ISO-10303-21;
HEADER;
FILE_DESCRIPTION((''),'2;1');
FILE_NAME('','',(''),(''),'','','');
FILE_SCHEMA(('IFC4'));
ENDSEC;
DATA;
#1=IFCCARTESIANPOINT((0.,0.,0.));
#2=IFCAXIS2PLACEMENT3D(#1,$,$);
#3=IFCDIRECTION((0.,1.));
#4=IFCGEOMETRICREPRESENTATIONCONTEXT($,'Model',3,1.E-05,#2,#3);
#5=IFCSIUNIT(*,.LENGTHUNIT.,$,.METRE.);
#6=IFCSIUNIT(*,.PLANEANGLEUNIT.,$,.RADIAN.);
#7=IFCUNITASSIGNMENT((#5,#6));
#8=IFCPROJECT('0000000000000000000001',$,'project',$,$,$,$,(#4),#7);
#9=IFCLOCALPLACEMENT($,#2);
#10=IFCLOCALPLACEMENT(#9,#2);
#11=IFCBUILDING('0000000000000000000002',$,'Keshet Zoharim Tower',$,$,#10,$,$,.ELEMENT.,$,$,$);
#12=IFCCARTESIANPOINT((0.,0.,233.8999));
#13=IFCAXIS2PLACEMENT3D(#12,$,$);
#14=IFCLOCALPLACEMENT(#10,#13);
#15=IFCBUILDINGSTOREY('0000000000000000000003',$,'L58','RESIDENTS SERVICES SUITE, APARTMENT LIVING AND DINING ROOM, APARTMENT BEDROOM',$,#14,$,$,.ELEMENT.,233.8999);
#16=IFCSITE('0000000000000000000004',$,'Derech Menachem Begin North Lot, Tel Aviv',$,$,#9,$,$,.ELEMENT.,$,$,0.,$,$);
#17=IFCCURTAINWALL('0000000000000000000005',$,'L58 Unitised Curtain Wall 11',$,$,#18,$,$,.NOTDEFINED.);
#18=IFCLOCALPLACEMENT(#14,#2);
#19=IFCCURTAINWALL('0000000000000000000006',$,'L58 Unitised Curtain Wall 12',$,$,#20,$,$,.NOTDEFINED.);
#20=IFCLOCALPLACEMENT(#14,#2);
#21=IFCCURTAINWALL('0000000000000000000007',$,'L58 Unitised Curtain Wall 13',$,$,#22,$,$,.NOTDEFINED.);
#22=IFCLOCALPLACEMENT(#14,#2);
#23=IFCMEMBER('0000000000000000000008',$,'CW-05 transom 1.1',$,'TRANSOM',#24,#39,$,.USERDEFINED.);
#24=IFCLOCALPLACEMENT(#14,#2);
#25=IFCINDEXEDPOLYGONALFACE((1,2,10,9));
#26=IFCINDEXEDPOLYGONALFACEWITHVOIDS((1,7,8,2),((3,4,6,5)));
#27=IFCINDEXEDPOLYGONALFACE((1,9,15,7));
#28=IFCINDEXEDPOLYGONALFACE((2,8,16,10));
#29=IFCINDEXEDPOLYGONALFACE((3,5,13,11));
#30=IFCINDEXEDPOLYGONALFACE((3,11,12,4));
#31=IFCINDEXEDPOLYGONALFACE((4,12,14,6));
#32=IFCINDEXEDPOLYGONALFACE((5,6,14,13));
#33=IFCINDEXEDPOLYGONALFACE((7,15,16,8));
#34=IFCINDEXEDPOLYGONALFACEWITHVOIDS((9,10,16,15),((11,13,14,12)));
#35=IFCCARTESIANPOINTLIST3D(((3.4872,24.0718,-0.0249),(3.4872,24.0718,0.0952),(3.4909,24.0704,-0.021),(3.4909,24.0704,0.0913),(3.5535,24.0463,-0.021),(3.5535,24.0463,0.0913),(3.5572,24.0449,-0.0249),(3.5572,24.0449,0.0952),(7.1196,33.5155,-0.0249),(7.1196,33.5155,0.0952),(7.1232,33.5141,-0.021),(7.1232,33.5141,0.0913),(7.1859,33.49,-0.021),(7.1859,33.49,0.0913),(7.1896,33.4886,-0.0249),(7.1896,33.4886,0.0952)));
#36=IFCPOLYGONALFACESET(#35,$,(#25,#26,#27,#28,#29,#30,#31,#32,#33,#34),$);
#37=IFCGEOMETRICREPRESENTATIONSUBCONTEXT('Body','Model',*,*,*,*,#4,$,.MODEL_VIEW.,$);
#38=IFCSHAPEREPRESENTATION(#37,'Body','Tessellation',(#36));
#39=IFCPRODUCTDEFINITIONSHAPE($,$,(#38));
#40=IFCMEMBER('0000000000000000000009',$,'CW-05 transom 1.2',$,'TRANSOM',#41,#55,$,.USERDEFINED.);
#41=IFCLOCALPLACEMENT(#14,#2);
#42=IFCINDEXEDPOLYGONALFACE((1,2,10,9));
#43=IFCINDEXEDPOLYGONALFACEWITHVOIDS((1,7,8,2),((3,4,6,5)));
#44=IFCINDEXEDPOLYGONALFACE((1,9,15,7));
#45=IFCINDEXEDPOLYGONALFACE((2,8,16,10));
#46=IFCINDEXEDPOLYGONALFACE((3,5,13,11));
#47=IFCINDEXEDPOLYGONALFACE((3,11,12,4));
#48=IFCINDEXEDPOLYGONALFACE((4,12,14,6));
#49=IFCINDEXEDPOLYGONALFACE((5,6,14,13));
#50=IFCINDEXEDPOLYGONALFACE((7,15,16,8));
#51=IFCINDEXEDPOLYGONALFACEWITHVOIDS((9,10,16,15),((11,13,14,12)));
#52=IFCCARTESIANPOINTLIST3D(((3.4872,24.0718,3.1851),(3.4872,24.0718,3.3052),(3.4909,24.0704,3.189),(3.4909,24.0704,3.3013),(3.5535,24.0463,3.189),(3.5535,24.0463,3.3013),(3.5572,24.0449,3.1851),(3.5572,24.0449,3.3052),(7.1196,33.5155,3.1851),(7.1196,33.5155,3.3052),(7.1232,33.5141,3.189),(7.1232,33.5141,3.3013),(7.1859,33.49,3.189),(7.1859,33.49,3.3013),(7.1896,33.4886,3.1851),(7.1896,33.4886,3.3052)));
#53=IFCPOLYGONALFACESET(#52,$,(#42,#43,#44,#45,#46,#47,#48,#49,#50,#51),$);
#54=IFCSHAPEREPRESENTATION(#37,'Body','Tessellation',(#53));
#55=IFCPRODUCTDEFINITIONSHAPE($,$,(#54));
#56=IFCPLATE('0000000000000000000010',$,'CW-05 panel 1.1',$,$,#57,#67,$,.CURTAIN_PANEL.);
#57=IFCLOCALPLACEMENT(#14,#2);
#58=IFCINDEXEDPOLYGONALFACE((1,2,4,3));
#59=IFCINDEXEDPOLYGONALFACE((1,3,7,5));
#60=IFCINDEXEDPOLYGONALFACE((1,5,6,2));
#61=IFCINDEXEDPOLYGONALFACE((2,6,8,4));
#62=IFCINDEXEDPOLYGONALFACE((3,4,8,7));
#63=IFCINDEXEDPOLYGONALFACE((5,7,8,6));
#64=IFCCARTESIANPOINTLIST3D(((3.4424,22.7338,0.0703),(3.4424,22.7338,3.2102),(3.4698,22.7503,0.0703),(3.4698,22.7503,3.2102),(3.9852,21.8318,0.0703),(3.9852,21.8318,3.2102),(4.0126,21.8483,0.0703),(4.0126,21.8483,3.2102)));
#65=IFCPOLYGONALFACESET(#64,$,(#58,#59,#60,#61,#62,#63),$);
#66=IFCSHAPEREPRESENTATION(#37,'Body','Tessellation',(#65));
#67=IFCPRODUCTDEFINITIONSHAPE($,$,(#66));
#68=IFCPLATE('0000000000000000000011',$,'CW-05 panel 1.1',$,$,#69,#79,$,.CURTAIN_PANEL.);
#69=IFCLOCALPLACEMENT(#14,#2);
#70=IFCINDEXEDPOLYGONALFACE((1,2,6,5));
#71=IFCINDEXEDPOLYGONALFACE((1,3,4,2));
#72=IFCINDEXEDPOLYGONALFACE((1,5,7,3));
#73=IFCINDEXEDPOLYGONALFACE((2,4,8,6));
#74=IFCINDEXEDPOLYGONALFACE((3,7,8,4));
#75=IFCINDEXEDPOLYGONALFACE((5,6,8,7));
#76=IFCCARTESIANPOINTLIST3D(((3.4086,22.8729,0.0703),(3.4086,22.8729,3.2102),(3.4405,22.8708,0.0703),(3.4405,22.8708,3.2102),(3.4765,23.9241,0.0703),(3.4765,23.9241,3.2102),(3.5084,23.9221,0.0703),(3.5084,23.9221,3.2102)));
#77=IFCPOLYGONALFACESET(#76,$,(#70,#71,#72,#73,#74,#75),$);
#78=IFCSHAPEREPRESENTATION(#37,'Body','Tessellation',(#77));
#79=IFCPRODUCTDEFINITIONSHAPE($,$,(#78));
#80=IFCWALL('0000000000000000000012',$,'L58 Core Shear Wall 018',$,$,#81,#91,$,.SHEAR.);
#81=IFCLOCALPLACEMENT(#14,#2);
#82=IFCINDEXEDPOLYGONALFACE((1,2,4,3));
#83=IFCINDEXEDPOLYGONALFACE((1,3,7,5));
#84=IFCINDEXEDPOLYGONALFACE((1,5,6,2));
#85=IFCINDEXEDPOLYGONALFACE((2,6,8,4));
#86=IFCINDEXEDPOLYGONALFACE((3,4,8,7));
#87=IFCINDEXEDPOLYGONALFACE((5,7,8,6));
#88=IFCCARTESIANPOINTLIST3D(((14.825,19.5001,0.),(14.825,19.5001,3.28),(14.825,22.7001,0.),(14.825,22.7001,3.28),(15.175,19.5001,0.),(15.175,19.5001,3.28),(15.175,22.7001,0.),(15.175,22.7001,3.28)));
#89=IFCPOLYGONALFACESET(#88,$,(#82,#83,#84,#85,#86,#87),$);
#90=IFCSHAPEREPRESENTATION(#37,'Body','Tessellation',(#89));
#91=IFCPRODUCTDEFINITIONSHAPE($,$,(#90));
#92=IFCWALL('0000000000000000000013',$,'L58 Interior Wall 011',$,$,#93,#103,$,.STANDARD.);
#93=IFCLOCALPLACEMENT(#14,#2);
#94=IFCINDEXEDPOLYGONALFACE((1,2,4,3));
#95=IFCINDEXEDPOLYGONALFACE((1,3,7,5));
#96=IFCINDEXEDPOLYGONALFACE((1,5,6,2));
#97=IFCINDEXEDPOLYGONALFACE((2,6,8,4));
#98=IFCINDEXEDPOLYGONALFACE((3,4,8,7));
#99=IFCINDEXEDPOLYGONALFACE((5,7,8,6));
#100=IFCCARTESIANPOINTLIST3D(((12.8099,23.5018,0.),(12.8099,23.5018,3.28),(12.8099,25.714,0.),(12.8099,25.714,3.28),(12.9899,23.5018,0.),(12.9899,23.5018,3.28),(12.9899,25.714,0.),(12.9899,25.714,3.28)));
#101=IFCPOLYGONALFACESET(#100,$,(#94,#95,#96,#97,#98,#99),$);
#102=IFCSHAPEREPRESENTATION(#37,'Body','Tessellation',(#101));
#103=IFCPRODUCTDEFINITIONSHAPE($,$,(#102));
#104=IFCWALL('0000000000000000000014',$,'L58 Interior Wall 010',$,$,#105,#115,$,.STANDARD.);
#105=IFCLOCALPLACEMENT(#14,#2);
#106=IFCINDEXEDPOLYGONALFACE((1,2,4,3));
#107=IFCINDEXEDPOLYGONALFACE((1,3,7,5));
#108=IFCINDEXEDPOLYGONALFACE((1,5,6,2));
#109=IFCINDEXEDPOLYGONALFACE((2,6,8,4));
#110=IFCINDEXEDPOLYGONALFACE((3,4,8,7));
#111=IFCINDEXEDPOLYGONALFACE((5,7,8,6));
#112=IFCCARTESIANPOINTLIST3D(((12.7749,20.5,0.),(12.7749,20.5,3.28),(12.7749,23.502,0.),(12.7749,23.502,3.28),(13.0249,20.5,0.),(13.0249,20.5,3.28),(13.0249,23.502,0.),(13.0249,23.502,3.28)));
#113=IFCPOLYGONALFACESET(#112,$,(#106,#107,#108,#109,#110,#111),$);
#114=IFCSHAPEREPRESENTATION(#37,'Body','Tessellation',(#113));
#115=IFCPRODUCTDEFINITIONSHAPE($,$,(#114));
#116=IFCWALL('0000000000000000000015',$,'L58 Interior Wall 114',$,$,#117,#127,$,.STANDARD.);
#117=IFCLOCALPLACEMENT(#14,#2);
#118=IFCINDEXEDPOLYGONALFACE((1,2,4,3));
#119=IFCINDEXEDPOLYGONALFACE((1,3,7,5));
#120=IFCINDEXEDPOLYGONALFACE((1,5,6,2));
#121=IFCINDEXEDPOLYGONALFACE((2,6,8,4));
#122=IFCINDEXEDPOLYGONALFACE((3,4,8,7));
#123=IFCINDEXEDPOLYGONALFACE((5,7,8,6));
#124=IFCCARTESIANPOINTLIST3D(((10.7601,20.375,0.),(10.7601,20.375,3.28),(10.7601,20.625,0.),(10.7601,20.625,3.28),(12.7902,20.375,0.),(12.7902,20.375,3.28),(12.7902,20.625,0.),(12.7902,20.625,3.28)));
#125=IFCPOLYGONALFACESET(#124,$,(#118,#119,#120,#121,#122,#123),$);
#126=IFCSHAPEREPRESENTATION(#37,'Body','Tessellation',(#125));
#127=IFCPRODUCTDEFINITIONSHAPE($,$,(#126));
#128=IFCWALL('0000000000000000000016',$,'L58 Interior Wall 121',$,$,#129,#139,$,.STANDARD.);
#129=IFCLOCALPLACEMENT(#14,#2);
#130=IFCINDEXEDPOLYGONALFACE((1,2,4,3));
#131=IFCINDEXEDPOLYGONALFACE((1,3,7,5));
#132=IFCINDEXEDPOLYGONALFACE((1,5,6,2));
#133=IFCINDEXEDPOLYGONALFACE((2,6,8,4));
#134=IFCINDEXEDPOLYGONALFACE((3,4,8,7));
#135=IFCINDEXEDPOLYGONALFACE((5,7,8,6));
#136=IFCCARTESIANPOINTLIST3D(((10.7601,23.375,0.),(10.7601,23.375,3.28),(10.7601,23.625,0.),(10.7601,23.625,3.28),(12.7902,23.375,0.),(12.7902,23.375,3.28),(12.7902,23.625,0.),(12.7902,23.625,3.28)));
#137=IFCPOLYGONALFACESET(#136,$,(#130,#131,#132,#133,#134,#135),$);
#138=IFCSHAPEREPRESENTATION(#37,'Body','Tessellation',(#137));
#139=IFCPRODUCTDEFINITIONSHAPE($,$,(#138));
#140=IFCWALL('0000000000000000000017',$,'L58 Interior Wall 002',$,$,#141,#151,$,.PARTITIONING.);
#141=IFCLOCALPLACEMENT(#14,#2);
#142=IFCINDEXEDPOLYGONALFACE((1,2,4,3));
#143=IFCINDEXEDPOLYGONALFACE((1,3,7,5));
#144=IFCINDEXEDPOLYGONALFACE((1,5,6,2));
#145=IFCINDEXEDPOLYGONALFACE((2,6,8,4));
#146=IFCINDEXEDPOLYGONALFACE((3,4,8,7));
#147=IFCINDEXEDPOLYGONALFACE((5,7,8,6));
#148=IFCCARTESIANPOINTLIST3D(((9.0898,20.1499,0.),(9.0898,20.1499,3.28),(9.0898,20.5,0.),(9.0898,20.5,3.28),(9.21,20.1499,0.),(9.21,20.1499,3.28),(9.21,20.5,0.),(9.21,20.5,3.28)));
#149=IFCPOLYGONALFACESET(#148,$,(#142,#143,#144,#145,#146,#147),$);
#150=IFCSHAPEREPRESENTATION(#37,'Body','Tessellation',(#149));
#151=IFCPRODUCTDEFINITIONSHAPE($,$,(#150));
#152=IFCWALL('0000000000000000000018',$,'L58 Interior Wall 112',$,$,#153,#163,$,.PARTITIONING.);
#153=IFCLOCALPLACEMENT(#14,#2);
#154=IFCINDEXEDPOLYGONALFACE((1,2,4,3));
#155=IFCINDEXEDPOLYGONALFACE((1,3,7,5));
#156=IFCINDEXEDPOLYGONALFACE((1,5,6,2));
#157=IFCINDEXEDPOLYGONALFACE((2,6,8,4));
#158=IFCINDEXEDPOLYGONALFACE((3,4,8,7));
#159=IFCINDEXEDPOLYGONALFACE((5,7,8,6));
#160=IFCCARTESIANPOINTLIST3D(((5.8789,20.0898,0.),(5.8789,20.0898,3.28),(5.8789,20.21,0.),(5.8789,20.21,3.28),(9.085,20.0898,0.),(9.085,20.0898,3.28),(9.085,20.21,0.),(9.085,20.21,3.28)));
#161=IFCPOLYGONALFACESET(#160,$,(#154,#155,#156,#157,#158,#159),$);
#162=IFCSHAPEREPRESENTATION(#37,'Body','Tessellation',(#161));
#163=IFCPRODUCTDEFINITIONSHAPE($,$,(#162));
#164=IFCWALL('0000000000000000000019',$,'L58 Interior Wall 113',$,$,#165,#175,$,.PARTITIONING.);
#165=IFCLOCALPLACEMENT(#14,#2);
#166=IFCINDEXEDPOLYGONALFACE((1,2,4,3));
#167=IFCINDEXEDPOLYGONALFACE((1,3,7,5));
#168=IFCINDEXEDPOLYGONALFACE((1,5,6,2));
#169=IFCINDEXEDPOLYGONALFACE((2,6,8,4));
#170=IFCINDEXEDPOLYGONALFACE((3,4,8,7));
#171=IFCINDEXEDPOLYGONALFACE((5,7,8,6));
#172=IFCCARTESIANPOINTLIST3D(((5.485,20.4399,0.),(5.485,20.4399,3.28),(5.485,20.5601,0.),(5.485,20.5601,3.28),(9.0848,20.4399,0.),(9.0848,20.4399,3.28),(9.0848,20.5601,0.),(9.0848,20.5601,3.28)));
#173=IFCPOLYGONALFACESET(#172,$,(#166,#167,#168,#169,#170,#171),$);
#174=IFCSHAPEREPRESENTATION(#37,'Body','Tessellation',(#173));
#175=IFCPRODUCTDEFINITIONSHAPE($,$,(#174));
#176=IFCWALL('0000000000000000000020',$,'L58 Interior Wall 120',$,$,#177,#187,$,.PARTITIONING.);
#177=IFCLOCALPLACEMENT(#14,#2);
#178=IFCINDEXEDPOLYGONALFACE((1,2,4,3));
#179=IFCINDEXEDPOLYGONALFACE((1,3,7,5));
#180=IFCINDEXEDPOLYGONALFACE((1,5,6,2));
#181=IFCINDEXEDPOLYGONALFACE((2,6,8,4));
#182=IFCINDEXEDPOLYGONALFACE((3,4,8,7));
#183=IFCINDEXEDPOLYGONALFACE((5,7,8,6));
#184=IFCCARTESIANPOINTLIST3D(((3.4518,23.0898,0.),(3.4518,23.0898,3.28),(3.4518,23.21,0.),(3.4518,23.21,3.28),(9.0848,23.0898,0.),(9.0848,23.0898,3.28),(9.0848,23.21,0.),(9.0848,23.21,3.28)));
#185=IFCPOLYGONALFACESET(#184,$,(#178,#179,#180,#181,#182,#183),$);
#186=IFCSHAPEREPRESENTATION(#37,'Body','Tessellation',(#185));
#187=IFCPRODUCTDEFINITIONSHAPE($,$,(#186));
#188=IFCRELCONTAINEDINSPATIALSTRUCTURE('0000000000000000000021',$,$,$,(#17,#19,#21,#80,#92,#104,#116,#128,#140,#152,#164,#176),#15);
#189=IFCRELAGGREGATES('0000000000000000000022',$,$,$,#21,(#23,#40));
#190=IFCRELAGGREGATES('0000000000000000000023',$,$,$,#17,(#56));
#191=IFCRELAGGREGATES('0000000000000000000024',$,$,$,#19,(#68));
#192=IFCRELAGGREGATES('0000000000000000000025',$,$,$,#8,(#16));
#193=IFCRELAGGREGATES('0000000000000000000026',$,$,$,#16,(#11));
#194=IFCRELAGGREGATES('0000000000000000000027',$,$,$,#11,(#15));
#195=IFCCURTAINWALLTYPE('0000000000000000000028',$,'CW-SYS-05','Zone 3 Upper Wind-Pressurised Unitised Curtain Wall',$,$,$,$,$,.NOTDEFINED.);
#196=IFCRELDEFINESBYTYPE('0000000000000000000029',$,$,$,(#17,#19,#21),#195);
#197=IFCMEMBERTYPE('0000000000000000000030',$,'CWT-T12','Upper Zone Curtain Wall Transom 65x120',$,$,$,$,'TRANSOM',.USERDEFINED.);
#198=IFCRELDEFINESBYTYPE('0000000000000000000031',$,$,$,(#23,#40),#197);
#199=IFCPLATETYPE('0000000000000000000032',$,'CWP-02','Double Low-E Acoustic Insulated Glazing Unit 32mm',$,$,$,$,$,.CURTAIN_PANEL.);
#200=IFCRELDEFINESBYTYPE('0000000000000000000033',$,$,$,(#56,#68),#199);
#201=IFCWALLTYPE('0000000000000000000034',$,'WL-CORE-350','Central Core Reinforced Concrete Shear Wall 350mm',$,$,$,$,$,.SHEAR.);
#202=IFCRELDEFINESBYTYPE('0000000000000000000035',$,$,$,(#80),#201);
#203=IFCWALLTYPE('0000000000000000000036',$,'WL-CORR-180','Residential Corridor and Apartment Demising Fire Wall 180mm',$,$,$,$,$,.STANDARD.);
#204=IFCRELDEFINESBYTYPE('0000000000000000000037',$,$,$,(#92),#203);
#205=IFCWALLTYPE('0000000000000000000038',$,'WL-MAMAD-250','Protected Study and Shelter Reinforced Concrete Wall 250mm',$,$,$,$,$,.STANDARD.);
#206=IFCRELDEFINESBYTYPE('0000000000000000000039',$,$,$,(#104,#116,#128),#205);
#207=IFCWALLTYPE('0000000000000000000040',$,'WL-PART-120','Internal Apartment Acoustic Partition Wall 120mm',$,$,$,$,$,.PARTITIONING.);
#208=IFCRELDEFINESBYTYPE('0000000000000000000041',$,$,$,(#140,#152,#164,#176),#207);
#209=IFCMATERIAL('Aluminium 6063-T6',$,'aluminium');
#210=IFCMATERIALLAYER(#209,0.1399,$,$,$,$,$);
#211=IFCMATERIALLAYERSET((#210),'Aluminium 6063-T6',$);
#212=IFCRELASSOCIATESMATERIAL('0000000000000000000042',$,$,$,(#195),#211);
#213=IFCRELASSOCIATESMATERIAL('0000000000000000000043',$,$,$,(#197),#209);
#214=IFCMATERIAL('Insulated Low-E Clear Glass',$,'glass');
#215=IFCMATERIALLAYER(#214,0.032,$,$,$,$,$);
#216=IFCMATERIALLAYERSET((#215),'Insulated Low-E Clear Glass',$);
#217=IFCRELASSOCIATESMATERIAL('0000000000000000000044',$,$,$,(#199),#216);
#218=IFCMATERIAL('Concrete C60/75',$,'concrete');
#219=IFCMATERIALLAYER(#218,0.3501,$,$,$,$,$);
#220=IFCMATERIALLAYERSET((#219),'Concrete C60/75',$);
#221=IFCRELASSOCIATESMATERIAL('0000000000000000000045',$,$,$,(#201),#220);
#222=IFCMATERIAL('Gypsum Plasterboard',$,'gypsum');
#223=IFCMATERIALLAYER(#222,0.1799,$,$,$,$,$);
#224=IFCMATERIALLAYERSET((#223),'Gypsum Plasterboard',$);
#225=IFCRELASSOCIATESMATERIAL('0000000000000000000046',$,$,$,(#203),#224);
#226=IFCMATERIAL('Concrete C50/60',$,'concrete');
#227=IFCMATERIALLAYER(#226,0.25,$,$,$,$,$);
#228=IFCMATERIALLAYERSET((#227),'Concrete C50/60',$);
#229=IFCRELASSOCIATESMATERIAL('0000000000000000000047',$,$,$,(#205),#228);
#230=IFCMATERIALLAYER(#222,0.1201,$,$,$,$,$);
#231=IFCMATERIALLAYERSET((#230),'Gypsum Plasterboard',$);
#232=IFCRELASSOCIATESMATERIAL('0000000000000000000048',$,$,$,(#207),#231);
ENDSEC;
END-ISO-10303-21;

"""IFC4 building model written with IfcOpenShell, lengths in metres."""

from ifc_helpers import new_model, si_unit, direction, frame, frame_2d, origin, origin_2d, place, context, subcontext, project, spatial, rectangle, hollow_rectangle, extrude, material, layer, layer_set, material_profile, profile_set, type_object, element, aggregate, save


model = new_model("IFC4")

# Units and contexts
model_context = context("Model", 3, precision=1e-05, world=origin(), true_north=direction((0.0, 1.0)))
body_context = subcontext(model_context, "Body", "Model", "MODEL_VIEW")
ifc_project = project(units=[si_unit("LENGTHUNIT", "METRE"), si_unit("PLANEANGLEUNIT", "RADIAN")], contexts=[model_context])

# Site, building, storey
site_placement = place(None, origin())
site = spatial("IfcSite", under=ifc_project, at=site_placement, Name="Derech Menachem Begin North Lot, Tel Aviv", CompositionType="ELEMENT", RefElevation=0.0)
building_placement = place(site_placement, origin())
building = spatial("IfcBuilding", under=site, at=building_placement, Name="Keshet Zoharim Tower", CompositionType="ELEMENT")
storey_placement = place(building_placement, frame((0.0, 0.0, 233.8999)))
storey = spatial("IfcBuildingStorey", under=building, at=storey_placement, Name="L58", Description="RESIDENTS SERVICES SUITE, APARTMENT LIVING AND DINING ROOM, APARTMENT BEDROOM", CompositionType="ELEMENT", Elevation=233.8999)

# Shared definitions
ifc_material_1 = material(Name="Concrete C50/60", Category="concrete")

# Shared definitions
ifc_material_2 = material(Name="Aluminium 6063-T6", Category="aluminium")
ifc_layer_1 = layer(ifc_material_2, 0.1399)
ifc_layer_set_1 = layer_set([ifc_layer_1], Name="Aluminium 6063-T6")
curtain_wall_type = type_object("IfcCurtainWallType", Name="CW-SYS-05", Description="Zone 3 Upper Wind-Pressurised Unitised Curtain Wall", PredefinedType="NOTDEFINED", material=ifc_layer_set_1)

# Curtain walls
curtain_wall_1_placement = place(storey_placement, origin())
curtain_wall_1 = element("IfcCurtainWall", 1, at=curtain_wall_1_placement, inside=storey, type_object=curtain_wall_type, Name="L58 Unitised Curtain Wall 11", PredefinedType="NOTDEFINED")
curtain_wall_2_placement = place(storey_placement, origin())
curtain_wall_2 = element("IfcCurtainWall", 2, at=curtain_wall_2_placement, inside=storey, type_object=curtain_wall_type, Name="L58 Unitised Curtain Wall 12", PredefinedType="NOTDEFINED")

# Curtain wall
curtain_wall_3_placement = place(storey_placement, origin())
curtain_wall_3 = element("IfcCurtainWall", 3, at=curtain_wall_3_placement, inside=storey, type_object=curtain_wall_type, Name="L58 Unitised Curtain Wall 13", PredefinedType="NOTDEFINED")

# Members
ifc_material_profile_1 = material_profile(ifc_material_2, hollow_rectangle(XDim=0.075, YDim=0.1201, WallThickness=0.0039, at=origin_2d()), Name="TRN-75x120")
ifc_profile_set_1 = profile_set([ifc_material_profile_1], Name="Aluminium 6063-T6")
member_type_1 = type_object("IfcMemberType", Name="CWT-T12", Description="Upper Zone Curtain Wall Transom 65x120", ElementType="TRANSOM", PredefinedType="USERDEFINED", material=ifc_profile_set_1)
member_1_placement = place(storey_placement, frame((3.5222, 24.0583, 0.0352), z_axis=(0.358994, 0.93334, 0.0), x_axis=(-0.93334, 0.358994, 0.0)))
member_1 = element("IfcMember", 4, at=member_1_placement, type_object=member_type_1, Name="CW-05 transom 1.1", ObjectType="TRANSOM", PredefinedType="USERDEFINED", context=body_context, shape_type="SweptSolid", body=[
    extrude(hollow_rectangle(XDim=0.075, YDim=0.1201, WallThickness=0.0039, at=origin_2d()), origin(), (0.0, 0.0, 1.0), 10.1182),
])
member_2_placement = place(storey_placement, frame((3.5222, 24.0583, 3.2451), z_axis=(0.358994, 0.93334, 0.0), x_axis=(-0.93334, 0.358994, 0.0)))
member_2 = element("IfcMember", 5, at=member_2_placement, type_object=member_type_1, Name="CW-05 transom 1.2", ObjectType="TRANSOM", PredefinedType="USERDEFINED", context=body_context, shape_type="SweptSolid", body=[
    extrude(hollow_rectangle(XDim=0.075, YDim=0.1201, WallThickness=0.0039, at=origin_2d()), origin(), (0.0, 0.0, 1.0), 10.1182),
])
aggregate(curtain_wall_3, [member_1, member_2])

# Plates
ifc_material_3 = material(Name="Insulated Low-E Clear Glass", Category="glass")
ifc_layer_2 = layer(ifc_material_3, 0.032)
ifc_layer_set_2 = layer_set([ifc_layer_2], Name="Insulated Low-E Clear Glass")
plate_type = type_object("IfcPlateType", Name="CWP-02", Description="Double Low-E Acoustic Insulated Glazing Unit 32mm", PredefinedType="CURTAIN_PANEL", material=ifc_layer_set_2)
plate_1_placement = place(storey_placement, frame((3.7275, 22.291, 0.0703), z_axis=(0.0, 0.0, 1.0), x_axis=(-0.515605, 0.856826, 0.0)))
plate_1 = element("IfcPlate", 6, at=plate_1_placement, type_object=plate_type, Name="CW-05 panel 1.1", PredefinedType="CURTAIN_PANEL", context=body_context, shape_type="SweptSolid", body=[
    extrude(rectangle(XDim=1.0527, YDim=0.032, at=origin_2d()), origin(), (0.0, 0.0, 1.0), 3.1399),
])
aggregate(curtain_wall_1, [plate_1])
plate_2_placement = place(storey_placement, frame((3.4585, 23.3975, 0.0703), z_axis=(0.0, 0.0, 1.0), x_axis=(0.064517, 0.997917, 0.0)))
plate_2 = element("IfcPlate", 7, at=plate_2_placement, type_object=plate_type, Name="CW-05 panel 1.1", PredefinedType="CURTAIN_PANEL", context=body_context, shape_type="SweptSolid", body=[
    extrude(rectangle(XDim=1.0535, YDim=0.032, at=origin_2d()), origin(), (0.0, 0.0, 1.0), 3.1399),
])
aggregate(curtain_wall_2, [plate_2])

# Walls
ifc_material_4 = material(Name="Concrete C60/75", Category="concrete")
ifc_layer_3 = layer(ifc_material_4, 0.3501)
ifc_layer_set_3 = layer_set([ifc_layer_3], Name="Concrete C60/75")
wall_type_1 = type_object("IfcWallType", Name="WL-CORE-350", Description="Central Core Reinforced Concrete Shear Wall 350mm", PredefinedType="SHEAR", material=ifc_layer_set_3)
wall_1_placement = place(storey_placement, frame((15.0, 19.5, 0.0), z_axis=(0.0, 0.0, 1.0), x_axis=(0.0, 1.0, 0.0)))
element("IfcWall", 8, at=wall_1_placement, inside=storey, type_object=wall_type_1, Name="L58 Core Shear Wall 018", PredefinedType="SHEAR", context=body_context, shape_type="SweptSolid", body=[
    extrude(rectangle(XDim=3.2, YDim=0.3501, at=frame_2d((1.6001, 0.0))), origin(), (0.0, 0.0, 1.0), 3.28),
])
ifc_material_5 = material(Name="Gypsum Plasterboard", Category="gypsum")
ifc_layer_4 = layer(ifc_material_5, 0.1799)
ifc_layer_set_4 = layer_set([ifc_layer_4], Name="Gypsum Plasterboard")
wall_type_2 = type_object("IfcWallType", Name="WL-CORR-180", Description="Residential Corridor and Apartment Demising Fire Wall 180mm", PredefinedType="STANDARD", material=ifc_layer_set_4)
wall_2_placement = place(storey_placement, frame((12.8999, 23.502, 0.0), z_axis=(0.0, 0.0, 1.0), x_axis=(0.0, 1.0, 0.0)))
element("IfcWall", 9, at=wall_2_placement, inside=storey, type_object=wall_type_2, Name="L58 Interior Wall 011", PredefinedType="STANDARD", context=body_context, shape_type="SweptSolid", body=[
    extrude(rectangle(XDim=2.2122, YDim=0.1799, at=frame_2d((1.106, 0.0))), origin(), (0.0, 0.0, 1.0), 3.28),
])

# Shared definitions
ifc_layer_5 = layer(ifc_material_1, 0.25)
ifc_layer_set_5 = layer_set([ifc_layer_5], Name="Concrete C50/60")
wall_type_3 = type_object("IfcWallType", Name="WL-MAMAD-250", Description="Protected Study and Shelter Reinforced Concrete Wall 250mm", PredefinedType="STANDARD", material=ifc_layer_set_5)

# Walls
wall_3_placement = place(storey_placement, frame((12.8999, 20.5, 0.0), z_axis=(0.0, 0.0, 1.0), x_axis=(0.0, 1.0, 0.0)))
element("IfcWall", 10, at=wall_3_placement, inside=storey, type_object=wall_type_3, Name="L58 Interior Wall 010", PredefinedType="STANDARD", context=body_context, shape_type="SweptSolid", body=[
    extrude(rectangle(XDim=3.002, YDim=0.25, at=frame_2d((1.501, 0.0))), origin(), (0.0, 0.0, 1.0), 3.28),
])
for number, where, z_axis, x_axis, name in (
    (11, (10.76, 20.5, 0.0), (0.0, 0.0, 1.0), (1.0, 0.0, 0.0), "L58 Interior Wall 114"),
    (12, (10.76, 23.5, 0.0), (0.0, 0.0, 1.0), (1.0, 0.0, 0.0), "L58 Interior Wall 121"),
):
    element("IfcWall", number, at=place(storey_placement, frame(where, z_axis=z_axis, x_axis=x_axis)), inside=storey, type_object=wall_type_3, Name=name, PredefinedType="STANDARD", context=body_context, shape_type="SweptSolid", body=[
        extrude(rectangle(XDim=2.03, YDim=0.25, at=frame_2d((1.0151, 0.0))), origin(), (0.0, 0.0, 1.0), 3.28),
    ])
ifc_layer_6 = layer(ifc_material_5, 0.1201)
ifc_layer_set_6 = layer_set([ifc_layer_6], Name="Gypsum Plasterboard")
wall_type_4 = type_object("IfcWallType", Name="WL-PART-120", Description="Internal Apartment Acoustic Partition Wall 120mm", PredefinedType="PARTITIONING", material=ifc_layer_set_6)
wall_4_placement = place(storey_placement, frame((9.1499, 20.1499, 0.0), z_axis=(0.0, 0.0, 1.0), x_axis=(0.0, 1.0, 0.0)))
element("IfcWall", 13, at=wall_4_placement, inside=storey, type_object=wall_type_4, Name="L58 Interior Wall 002", PredefinedType="PARTITIONING", context=body_context, shape_type="SweptSolid", body=[
    extrude(rectangle(XDim=0.3501, YDim=0.1201, at=frame_2d((0.175, 0.0))), origin(), (0.0, 0.0, 1.0), 3.28),
])

# Walls
wall_5_placement = place(storey_placement, frame((5.8789, 20.1499, 0.0), z_axis=(0.0, 0.0, 1.0), x_axis=(1.0, 0.0, 0.0)))
element("IfcWall", 14, at=wall_5_placement, inside=storey, type_object=wall_type_4, Name="L58 Interior Wall 112", PredefinedType="PARTITIONING", context=body_context, shape_type="SweptSolid", body=[
    extrude(rectangle(XDim=3.2061, YDim=0.1201, at=frame_2d((1.603, 0.0))), origin(), (0.0, 0.0, 1.0), 3.28),
])
wall_6_placement = place(storey_placement, frame((5.4851, 20.5, 0.0), z_axis=(0.0, 0.0, 1.0), x_axis=(1.0, 0.0, 0.0)))
element("IfcWall", 15, at=wall_6_placement, inside=storey, type_object=wall_type_4, Name="L58 Interior Wall 113", PredefinedType="PARTITIONING", context=body_context, shape_type="SweptSolid", body=[
    extrude(rectangle(XDim=3.5999, YDim=0.1201, at=frame_2d((1.7998, 0.0))), origin(), (0.0, 0.0, 1.0), 3.28),
])
wall_7_placement = place(storey_placement, frame((3.4519, 23.1499, 0.0), z_axis=(0.0, 0.0, 1.0), x_axis=(1.0, 0.0, 0.0)))
element("IfcWall", 16, at=wall_7_placement, inside=storey, type_object=wall_type_4, Name="L58 Interior Wall 120", PredefinedType="PARTITIONING", context=body_context, shape_type="SweptSolid", body=[
    extrude(rectangle(XDim=5.6331, YDim=0.1201, at=frame_2d((2.8164, 0.0))), origin(), (0.0, 0.0, 1.0), 3.28),
])

save(model, "model.ifc")
